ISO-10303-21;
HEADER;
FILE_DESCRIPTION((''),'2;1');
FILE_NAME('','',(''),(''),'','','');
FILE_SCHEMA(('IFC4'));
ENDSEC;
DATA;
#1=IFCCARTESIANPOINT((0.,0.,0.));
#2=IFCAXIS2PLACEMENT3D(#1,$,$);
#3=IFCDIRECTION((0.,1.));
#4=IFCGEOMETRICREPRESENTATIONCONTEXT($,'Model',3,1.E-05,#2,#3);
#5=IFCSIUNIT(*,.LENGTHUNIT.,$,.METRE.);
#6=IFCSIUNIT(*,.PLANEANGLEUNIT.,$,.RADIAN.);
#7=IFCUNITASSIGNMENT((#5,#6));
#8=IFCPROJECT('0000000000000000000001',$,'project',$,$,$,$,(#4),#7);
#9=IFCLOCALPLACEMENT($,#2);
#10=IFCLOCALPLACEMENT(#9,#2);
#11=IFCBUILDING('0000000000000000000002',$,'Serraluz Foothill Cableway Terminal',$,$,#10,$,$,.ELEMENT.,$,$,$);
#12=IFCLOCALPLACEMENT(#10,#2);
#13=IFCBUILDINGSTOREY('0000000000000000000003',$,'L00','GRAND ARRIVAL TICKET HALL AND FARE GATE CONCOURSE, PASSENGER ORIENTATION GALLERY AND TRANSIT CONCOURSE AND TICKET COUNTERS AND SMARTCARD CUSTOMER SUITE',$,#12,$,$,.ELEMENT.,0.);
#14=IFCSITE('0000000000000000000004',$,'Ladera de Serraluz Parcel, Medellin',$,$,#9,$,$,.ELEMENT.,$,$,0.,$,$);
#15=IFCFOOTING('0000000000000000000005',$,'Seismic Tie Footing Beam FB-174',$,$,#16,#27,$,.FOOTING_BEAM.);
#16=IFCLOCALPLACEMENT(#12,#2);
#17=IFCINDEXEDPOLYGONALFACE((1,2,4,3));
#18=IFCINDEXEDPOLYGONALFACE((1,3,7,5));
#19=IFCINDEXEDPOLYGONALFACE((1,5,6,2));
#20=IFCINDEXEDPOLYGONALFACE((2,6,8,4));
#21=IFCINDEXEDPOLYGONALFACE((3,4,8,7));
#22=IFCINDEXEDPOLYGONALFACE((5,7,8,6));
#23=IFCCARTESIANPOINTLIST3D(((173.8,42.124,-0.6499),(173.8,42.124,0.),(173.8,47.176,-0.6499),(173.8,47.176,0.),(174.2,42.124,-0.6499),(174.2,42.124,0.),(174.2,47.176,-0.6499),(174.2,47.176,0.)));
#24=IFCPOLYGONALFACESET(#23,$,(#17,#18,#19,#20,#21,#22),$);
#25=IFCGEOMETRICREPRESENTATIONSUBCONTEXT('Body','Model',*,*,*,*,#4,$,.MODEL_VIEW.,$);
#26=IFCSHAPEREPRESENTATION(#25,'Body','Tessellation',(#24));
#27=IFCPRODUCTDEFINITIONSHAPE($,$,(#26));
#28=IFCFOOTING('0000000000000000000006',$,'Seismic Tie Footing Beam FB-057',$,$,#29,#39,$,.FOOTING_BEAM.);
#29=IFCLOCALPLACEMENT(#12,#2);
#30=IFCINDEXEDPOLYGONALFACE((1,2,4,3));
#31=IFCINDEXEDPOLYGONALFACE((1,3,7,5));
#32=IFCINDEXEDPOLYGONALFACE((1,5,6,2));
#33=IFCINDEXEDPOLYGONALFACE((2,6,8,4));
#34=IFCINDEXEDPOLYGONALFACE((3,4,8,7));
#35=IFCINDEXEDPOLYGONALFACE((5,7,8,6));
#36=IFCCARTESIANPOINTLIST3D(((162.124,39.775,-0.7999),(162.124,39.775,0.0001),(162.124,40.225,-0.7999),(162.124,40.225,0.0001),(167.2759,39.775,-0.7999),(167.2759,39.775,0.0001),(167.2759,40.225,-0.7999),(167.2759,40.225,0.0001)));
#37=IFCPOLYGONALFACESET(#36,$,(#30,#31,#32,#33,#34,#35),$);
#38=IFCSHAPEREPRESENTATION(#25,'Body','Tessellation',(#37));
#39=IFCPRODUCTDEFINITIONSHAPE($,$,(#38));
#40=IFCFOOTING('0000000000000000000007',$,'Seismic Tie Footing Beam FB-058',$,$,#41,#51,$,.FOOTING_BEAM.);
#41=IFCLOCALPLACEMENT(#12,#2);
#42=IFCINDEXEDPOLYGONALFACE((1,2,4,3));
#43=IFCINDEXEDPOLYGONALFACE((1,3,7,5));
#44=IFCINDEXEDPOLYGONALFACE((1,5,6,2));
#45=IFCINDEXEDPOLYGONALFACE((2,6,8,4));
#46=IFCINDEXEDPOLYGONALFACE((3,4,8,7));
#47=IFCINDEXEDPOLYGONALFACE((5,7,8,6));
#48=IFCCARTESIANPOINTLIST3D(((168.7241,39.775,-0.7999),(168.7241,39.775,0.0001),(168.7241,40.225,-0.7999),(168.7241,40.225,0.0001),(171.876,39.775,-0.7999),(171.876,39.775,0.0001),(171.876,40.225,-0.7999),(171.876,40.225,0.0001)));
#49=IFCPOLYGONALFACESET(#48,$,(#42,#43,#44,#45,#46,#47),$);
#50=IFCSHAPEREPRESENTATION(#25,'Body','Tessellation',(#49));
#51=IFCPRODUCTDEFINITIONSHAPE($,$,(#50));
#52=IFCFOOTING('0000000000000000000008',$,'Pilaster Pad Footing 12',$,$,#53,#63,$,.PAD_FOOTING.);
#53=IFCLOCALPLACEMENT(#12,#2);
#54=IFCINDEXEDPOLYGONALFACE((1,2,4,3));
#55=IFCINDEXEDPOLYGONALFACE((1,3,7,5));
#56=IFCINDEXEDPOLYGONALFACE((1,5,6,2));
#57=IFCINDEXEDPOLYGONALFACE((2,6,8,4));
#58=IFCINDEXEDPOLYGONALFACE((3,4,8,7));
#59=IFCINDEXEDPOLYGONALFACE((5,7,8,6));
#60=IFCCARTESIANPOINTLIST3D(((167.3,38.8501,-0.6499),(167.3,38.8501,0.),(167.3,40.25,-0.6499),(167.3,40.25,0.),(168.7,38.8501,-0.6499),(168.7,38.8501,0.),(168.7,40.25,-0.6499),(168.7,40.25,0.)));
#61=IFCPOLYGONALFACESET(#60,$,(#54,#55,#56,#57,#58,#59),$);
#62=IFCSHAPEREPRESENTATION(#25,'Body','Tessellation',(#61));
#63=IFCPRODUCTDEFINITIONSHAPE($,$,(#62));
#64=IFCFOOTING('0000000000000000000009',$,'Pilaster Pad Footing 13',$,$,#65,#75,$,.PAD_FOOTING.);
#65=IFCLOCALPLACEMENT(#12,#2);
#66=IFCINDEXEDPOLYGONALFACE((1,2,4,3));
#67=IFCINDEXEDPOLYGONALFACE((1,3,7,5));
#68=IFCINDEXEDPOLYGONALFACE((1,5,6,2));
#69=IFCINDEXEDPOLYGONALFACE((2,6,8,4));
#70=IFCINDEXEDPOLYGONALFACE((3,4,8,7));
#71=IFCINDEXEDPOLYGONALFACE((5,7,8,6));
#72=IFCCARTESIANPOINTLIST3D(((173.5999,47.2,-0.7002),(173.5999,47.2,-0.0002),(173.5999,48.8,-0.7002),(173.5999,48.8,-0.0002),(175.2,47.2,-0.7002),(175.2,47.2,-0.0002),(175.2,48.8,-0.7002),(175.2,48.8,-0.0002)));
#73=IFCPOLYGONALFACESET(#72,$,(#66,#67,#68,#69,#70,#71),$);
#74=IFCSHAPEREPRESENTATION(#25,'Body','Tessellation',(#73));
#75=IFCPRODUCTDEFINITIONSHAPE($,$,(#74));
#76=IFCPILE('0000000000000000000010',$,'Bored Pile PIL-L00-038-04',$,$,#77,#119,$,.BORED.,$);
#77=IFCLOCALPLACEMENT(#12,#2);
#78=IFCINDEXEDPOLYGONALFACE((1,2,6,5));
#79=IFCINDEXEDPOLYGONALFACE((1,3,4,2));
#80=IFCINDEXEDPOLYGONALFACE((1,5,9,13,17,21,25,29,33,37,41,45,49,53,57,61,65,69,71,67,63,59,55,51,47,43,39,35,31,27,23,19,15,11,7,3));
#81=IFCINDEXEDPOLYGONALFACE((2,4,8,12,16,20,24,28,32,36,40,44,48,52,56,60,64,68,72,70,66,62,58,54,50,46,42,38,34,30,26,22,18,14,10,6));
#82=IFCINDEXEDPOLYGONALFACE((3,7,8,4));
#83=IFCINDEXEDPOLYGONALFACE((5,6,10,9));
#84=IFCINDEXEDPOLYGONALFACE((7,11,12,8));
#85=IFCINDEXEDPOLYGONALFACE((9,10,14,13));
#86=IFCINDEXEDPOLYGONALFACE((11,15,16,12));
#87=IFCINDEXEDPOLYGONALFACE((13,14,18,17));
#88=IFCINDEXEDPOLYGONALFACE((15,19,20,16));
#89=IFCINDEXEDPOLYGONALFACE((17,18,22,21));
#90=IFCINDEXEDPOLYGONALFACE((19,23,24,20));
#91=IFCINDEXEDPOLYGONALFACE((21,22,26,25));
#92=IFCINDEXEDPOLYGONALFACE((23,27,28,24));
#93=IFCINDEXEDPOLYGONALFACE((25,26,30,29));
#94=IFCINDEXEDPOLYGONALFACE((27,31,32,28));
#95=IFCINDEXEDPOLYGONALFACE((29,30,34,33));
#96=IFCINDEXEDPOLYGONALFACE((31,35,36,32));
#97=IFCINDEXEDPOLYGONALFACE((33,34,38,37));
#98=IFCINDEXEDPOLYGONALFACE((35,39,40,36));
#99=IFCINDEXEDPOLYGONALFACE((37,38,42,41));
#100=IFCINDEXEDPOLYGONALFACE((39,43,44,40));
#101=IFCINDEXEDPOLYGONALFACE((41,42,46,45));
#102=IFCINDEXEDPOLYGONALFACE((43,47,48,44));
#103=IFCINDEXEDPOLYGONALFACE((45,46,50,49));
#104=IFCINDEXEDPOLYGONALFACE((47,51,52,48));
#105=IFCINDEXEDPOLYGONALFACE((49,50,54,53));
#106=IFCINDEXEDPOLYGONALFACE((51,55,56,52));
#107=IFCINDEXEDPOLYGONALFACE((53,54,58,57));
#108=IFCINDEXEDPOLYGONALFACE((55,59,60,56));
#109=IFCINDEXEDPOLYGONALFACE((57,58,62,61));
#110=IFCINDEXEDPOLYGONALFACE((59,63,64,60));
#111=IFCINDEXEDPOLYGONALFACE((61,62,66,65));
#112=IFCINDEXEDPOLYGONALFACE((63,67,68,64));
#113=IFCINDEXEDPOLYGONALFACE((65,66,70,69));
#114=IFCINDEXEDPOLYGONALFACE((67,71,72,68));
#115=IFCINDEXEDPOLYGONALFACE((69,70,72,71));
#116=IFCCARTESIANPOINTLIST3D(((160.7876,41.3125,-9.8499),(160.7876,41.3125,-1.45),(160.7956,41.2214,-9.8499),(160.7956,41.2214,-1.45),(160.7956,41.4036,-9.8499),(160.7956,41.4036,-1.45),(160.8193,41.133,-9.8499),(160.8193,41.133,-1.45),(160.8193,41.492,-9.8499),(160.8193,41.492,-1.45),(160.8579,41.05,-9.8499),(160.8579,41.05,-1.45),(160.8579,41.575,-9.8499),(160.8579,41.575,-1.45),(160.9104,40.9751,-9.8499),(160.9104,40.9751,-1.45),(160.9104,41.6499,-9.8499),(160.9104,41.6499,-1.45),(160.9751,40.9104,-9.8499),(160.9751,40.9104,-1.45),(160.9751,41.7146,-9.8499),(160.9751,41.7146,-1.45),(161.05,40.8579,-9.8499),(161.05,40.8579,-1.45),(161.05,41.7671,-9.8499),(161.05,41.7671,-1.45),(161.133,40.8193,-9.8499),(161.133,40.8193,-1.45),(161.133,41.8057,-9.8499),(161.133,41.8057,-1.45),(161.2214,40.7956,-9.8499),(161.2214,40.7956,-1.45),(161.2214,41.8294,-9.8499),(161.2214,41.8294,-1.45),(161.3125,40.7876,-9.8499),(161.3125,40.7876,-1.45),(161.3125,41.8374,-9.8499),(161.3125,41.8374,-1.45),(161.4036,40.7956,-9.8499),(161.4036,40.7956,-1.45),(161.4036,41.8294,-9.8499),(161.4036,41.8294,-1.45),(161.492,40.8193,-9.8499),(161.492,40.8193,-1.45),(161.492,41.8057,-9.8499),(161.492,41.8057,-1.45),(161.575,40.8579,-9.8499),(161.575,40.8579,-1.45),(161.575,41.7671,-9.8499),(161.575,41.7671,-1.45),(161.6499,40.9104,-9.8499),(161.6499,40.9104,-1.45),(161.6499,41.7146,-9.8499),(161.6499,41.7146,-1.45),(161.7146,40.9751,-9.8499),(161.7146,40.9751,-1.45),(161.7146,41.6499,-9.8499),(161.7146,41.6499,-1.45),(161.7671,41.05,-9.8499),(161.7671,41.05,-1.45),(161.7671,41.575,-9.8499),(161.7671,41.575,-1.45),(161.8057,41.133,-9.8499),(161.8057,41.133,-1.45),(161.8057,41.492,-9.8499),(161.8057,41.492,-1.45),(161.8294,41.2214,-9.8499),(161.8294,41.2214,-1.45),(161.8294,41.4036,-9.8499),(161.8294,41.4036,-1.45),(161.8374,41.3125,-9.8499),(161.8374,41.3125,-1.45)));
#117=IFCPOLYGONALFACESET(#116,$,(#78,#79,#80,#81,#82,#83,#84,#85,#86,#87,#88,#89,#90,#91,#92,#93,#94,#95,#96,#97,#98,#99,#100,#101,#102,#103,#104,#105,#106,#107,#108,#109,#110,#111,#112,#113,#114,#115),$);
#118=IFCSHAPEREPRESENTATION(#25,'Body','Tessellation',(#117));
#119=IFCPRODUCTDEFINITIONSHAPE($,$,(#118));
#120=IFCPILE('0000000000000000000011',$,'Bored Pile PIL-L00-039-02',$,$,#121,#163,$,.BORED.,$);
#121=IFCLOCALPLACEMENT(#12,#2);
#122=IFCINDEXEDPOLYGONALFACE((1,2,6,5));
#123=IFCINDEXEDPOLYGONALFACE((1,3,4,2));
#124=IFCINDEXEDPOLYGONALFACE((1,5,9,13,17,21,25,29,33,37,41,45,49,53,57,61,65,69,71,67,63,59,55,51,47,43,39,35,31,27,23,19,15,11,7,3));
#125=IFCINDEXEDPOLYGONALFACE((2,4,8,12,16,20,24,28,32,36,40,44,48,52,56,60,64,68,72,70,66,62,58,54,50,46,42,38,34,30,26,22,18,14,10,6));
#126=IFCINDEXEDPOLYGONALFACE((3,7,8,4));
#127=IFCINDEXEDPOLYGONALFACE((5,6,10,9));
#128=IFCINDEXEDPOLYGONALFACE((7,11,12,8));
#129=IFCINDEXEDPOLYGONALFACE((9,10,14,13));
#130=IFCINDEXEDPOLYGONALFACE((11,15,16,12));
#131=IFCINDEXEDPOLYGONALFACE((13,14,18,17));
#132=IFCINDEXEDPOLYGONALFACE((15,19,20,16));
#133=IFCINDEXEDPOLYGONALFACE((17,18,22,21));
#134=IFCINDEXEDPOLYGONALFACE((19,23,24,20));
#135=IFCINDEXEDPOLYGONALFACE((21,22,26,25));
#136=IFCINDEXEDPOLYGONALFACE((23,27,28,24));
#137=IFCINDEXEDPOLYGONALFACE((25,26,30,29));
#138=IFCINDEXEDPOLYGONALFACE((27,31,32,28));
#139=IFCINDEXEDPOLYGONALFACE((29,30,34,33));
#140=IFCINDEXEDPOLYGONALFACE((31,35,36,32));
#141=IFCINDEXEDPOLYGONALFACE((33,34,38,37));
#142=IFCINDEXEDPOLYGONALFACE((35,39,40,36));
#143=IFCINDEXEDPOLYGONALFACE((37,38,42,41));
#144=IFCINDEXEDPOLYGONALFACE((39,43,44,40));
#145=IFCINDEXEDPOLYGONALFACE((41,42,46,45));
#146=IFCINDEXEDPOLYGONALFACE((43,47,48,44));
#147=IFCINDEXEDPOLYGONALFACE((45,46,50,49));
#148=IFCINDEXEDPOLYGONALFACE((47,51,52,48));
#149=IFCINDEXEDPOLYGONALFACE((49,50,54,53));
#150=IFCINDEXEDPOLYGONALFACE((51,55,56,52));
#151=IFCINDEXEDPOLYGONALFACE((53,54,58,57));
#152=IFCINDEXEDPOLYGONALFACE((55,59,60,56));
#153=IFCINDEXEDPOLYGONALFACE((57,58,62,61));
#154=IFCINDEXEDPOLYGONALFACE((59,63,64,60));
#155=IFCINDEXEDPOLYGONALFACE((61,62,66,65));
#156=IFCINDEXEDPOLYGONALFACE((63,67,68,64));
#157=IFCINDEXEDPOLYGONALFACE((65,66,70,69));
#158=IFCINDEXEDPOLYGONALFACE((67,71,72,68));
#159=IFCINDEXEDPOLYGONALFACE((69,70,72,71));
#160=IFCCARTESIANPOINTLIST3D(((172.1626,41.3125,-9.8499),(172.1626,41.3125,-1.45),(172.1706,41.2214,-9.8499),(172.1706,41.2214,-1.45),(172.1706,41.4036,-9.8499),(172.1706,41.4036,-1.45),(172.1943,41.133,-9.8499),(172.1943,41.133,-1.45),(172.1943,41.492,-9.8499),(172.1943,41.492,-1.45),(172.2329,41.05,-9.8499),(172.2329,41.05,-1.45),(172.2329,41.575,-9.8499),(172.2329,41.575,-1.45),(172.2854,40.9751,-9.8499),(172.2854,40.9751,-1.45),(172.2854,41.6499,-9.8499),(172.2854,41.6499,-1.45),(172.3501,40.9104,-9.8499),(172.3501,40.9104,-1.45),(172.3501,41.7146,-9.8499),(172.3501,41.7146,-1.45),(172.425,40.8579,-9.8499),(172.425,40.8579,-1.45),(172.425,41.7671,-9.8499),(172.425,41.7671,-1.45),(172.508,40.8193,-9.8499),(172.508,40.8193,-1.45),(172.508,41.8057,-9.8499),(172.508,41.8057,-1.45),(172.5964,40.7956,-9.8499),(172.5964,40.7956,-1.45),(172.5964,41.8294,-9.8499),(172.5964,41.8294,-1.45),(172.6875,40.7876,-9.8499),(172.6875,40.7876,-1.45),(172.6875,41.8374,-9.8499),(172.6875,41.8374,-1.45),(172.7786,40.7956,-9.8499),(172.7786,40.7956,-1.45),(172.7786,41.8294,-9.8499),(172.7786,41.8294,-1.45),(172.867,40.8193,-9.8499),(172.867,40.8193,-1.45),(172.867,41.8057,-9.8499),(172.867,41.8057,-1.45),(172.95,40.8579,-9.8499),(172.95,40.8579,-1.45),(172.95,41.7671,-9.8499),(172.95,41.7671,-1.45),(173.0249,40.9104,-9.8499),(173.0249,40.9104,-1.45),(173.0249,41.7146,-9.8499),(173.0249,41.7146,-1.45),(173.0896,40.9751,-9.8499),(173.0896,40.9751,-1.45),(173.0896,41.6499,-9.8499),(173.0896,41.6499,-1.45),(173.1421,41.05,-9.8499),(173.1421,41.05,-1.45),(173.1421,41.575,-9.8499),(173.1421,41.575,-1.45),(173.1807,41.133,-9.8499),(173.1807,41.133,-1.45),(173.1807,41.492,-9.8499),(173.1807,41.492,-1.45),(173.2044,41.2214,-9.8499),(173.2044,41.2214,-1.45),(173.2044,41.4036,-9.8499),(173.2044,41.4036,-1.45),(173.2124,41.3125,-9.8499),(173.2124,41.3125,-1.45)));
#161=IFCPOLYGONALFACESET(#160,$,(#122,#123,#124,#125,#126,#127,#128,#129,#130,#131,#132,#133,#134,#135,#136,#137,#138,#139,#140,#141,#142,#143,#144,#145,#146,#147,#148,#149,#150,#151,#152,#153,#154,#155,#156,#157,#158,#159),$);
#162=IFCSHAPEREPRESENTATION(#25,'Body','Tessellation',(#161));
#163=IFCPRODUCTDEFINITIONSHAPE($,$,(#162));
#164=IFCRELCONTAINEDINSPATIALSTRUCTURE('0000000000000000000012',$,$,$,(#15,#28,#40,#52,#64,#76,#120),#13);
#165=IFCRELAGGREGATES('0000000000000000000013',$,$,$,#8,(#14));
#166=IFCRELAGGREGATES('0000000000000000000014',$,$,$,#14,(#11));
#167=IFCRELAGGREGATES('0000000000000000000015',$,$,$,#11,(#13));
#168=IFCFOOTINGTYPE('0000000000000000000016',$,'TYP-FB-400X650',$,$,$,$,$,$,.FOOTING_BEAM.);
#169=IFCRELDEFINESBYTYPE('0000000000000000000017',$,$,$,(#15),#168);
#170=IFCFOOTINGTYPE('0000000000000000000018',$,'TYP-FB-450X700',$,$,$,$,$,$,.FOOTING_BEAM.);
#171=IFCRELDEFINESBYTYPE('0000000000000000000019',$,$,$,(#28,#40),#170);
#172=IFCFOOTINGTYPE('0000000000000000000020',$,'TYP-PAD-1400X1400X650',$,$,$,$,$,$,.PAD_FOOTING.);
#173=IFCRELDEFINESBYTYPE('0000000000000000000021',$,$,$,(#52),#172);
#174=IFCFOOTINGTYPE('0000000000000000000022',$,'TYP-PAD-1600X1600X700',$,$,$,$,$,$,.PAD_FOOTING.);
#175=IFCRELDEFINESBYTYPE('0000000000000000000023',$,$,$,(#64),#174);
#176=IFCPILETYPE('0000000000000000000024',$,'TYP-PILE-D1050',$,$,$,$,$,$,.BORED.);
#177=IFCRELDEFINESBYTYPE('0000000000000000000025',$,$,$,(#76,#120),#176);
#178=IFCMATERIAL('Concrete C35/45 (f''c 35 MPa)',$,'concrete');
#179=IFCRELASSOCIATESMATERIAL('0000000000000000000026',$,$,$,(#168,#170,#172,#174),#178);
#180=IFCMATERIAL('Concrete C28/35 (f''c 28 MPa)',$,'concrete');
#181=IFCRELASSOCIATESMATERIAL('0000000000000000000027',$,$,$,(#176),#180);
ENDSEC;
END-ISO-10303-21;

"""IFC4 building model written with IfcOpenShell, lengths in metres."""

from ifc_helpers import new_model, si_unit, direction, frame, origin, origin_2d, place, context, subcontext, project, spatial, rectangle, circle, extrude, material, material_profile, profile_set, type_object, element, save


model = new_model("IFC4")

# Units and contexts
model_context = context("Model", 3, precision=1e-05, world=origin(), true_north=direction((0.0, 1.0)))
body_context = subcontext(model_context, "Body", "Model", "MODEL_VIEW")
ifc_project = project(units=[si_unit("LENGTHUNIT", "METRE"), si_unit("PLANEANGLEUNIT", "RADIAN")], contexts=[model_context])

# Site, building, storey
site_placement = place(None, origin())
site = spatial("IfcSite", under=ifc_project, at=site_placement, Name="Ladera de Serraluz Parcel, Medellin", CompositionType="ELEMENT", RefElevation=0.0)
building_placement = place(site_placement, origin())
building = spatial("IfcBuilding", under=site, at=building_placement, Name="Serraluz Foothill Cableway Terminal", CompositionType="ELEMENT")
storey_placement = place(building_placement, origin())
storey = spatial("IfcBuildingStorey", under=building, at=storey_placement, Name="L00", Description="GRAND ARRIVAL TICKET HALL AND FARE GATE CONCOURSE, PASSENGER ORIENTATION GALLERY AND TRANSIT CONCOURSE AND TICKET COUNTERS AND SMARTCARD CUSTOMER SUITE", CompositionType="ELEMENT", Elevation=0.0)

# Footings
ifc_material_1 = material(Name="Concrete C35/45 (f'c 35 MPa)", Category="concrete")
ifc_material_profile_1 = material_profile(ifc_material_1, rectangle(XDim=0.3999, YDim=0.6499, at=origin_2d()), Name="RC 400x650")
ifc_profile_set_1 = profile_set([ifc_material_profile_1], Name="Concrete C35/45 (f'c 35 MPa)")
footing_type_1 = type_object("IfcFootingType", Name="TYP-FB-400X650", PredefinedType="FOOTING_BEAM", material=ifc_profile_set_1)
footing_1_placement = place(storey_placement, frame((174.0, 42.124, -0.325), z_axis=(0.0, 1.0, 0.0), x_axis=(-1.0, 0.0, 0.0)))
element("IfcFooting", 1, at=footing_1_placement, inside=storey, type_object=footing_type_1, Name="Seismic Tie Footing Beam FB-174", PredefinedType="FOOTING_BEAM", context=body_context, shape_type="SweptSolid", body=[
    extrude(rectangle(XDim=0.3999, YDim=0.6499, at=origin_2d()), origin(), (0.0, 0.0, 1.0), 5.052),
])
ifc_material_profile_2 = material_profile(ifc_material_1, rectangle(XDim=0.45, YDim=0.8, at=origin_2d()), Name="RC 450x800")
ifc_profile_set_2 = profile_set([ifc_material_profile_2], Name="Concrete C35/45 (f'c 35 MPa)")
footing_type_2 = type_object("IfcFootingType", Name="TYP-FB-450X700", PredefinedType="FOOTING_BEAM", material=ifc_profile_set_2)
footing_2_placement = place(storey_placement, frame((162.124, 40.0, -0.3999), z_axis=(1.0, 0.0, 0.0), x_axis=(0.0, 1.0, 0.0)))
element("IfcFooting", 2, at=footing_2_placement, inside=storey, type_object=footing_type_2, Name="Seismic Tie Footing Beam FB-057", PredefinedType="FOOTING_BEAM", context=body_context, shape_type="SweptSolid", body=[
    extrude(rectangle(XDim=0.45, YDim=0.8, at=origin_2d()), origin(), (0.0, 0.0, 1.0), 5.1519),
])
footing_3_placement = place(storey_placement, frame((168.7241, 40.0, -0.3999), z_axis=(1.0, 0.0, 0.0), x_axis=(0.0, 1.0, 0.0)))
element("IfcFooting", 3, at=footing_3_placement, inside=storey, type_object=footing_type_2, Name="Seismic Tie Footing Beam FB-058", PredefinedType="FOOTING_BEAM", context=body_context, shape_type="SweptSolid", body=[
    extrude(rectangle(XDim=0.45, YDim=0.8, at=origin_2d()), origin(), (0.0, 0.0, 1.0), 3.1519),
])
footing_type_3 = type_object("IfcFootingType", Name="TYP-PAD-1400X1400X650", PredefinedType="PAD_FOOTING", material=ifc_material_1)
footing_4_placement = place(storey_placement, frame((168.0, 39.55, -0.6499), z_axis=(0.0, 0.0, 1.0), x_axis=(1.0, 0.0, 0.0)))
element("IfcFooting", 4, at=footing_4_placement, inside=storey, type_object=footing_type_3, Name="Pilaster Pad Footing 12", PredefinedType="PAD_FOOTING", context=body_context, shape_type="SweptSolid", body=[
    extrude(rectangle(XDim=1.3999, YDim=1.3999, at=origin_2d()), origin(), (0.0, 0.0, 1.0), 0.6499),
])
footing_type_4 = type_object("IfcFootingType", Name="TYP-PAD-1600X1600X700", PredefinedType="PAD_FOOTING", material=ifc_material_1)
footing_5_placement = place(storey_placement, frame((174.3999, 48.0, -0.7002), z_axis=(0.0, 0.0, 1.0), x_axis=(1.0, 0.0, 0.0)))
element("IfcFooting", 5, at=footing_5_placement, inside=storey, type_object=footing_type_4, Name="Pilaster Pad Footing 13", PredefinedType="PAD_FOOTING", context=body_context, shape_type="SweptSolid", body=[
    extrude(rectangle(XDim=1.6001, YDim=1.6001, at=origin_2d()), origin(), (0.0, 0.0, 1.0), 0.7),
])

# Piles
ifc_material_2 = material(Name="Concrete C28/35 (f'c 28 MPa)", Category="concrete")
ifc_material_profile_3 = material_profile(ifc_material_2, circle(Radius=0.5249, at=origin_2d()), Name="BORED PILE D1050")
ifc_profile_set_3 = profile_set([ifc_material_profile_3], Name="Concrete C28/35 (f'c 28 MPa)")
pile_type = type_object("IfcPileType", Name="TYP-PILE-D1050", PredefinedType="BORED", material=ifc_profile_set_3)
for number, where, z_axis, x_axis, name in (
    (6, (161.3125, 41.3125, -1.45), (0.0, 0.0, -1.0), (1.0, 0.0, 0.0), "Bored Pile PIL-L00-038-04"),
    (7, (172.6875, 41.3125, -1.45), (0.0, 0.0, -1.0), (1.0, 0.0, 0.0), "Bored Pile PIL-L00-039-02"),
):
    element("IfcPile", number, at=place(storey_placement, frame(where, z_axis=z_axis, x_axis=x_axis)), inside=storey, type_object=pile_type, Name=name, PredefinedType="BORED", context=body_context, shape_type="SweptSolid", body=[
        extrude(circle(Radius=0.5249, at=origin_2d()), origin(), (0.0, 0.0, 1.0), 8.3999),
    ])

save(model, "model.ifc")
